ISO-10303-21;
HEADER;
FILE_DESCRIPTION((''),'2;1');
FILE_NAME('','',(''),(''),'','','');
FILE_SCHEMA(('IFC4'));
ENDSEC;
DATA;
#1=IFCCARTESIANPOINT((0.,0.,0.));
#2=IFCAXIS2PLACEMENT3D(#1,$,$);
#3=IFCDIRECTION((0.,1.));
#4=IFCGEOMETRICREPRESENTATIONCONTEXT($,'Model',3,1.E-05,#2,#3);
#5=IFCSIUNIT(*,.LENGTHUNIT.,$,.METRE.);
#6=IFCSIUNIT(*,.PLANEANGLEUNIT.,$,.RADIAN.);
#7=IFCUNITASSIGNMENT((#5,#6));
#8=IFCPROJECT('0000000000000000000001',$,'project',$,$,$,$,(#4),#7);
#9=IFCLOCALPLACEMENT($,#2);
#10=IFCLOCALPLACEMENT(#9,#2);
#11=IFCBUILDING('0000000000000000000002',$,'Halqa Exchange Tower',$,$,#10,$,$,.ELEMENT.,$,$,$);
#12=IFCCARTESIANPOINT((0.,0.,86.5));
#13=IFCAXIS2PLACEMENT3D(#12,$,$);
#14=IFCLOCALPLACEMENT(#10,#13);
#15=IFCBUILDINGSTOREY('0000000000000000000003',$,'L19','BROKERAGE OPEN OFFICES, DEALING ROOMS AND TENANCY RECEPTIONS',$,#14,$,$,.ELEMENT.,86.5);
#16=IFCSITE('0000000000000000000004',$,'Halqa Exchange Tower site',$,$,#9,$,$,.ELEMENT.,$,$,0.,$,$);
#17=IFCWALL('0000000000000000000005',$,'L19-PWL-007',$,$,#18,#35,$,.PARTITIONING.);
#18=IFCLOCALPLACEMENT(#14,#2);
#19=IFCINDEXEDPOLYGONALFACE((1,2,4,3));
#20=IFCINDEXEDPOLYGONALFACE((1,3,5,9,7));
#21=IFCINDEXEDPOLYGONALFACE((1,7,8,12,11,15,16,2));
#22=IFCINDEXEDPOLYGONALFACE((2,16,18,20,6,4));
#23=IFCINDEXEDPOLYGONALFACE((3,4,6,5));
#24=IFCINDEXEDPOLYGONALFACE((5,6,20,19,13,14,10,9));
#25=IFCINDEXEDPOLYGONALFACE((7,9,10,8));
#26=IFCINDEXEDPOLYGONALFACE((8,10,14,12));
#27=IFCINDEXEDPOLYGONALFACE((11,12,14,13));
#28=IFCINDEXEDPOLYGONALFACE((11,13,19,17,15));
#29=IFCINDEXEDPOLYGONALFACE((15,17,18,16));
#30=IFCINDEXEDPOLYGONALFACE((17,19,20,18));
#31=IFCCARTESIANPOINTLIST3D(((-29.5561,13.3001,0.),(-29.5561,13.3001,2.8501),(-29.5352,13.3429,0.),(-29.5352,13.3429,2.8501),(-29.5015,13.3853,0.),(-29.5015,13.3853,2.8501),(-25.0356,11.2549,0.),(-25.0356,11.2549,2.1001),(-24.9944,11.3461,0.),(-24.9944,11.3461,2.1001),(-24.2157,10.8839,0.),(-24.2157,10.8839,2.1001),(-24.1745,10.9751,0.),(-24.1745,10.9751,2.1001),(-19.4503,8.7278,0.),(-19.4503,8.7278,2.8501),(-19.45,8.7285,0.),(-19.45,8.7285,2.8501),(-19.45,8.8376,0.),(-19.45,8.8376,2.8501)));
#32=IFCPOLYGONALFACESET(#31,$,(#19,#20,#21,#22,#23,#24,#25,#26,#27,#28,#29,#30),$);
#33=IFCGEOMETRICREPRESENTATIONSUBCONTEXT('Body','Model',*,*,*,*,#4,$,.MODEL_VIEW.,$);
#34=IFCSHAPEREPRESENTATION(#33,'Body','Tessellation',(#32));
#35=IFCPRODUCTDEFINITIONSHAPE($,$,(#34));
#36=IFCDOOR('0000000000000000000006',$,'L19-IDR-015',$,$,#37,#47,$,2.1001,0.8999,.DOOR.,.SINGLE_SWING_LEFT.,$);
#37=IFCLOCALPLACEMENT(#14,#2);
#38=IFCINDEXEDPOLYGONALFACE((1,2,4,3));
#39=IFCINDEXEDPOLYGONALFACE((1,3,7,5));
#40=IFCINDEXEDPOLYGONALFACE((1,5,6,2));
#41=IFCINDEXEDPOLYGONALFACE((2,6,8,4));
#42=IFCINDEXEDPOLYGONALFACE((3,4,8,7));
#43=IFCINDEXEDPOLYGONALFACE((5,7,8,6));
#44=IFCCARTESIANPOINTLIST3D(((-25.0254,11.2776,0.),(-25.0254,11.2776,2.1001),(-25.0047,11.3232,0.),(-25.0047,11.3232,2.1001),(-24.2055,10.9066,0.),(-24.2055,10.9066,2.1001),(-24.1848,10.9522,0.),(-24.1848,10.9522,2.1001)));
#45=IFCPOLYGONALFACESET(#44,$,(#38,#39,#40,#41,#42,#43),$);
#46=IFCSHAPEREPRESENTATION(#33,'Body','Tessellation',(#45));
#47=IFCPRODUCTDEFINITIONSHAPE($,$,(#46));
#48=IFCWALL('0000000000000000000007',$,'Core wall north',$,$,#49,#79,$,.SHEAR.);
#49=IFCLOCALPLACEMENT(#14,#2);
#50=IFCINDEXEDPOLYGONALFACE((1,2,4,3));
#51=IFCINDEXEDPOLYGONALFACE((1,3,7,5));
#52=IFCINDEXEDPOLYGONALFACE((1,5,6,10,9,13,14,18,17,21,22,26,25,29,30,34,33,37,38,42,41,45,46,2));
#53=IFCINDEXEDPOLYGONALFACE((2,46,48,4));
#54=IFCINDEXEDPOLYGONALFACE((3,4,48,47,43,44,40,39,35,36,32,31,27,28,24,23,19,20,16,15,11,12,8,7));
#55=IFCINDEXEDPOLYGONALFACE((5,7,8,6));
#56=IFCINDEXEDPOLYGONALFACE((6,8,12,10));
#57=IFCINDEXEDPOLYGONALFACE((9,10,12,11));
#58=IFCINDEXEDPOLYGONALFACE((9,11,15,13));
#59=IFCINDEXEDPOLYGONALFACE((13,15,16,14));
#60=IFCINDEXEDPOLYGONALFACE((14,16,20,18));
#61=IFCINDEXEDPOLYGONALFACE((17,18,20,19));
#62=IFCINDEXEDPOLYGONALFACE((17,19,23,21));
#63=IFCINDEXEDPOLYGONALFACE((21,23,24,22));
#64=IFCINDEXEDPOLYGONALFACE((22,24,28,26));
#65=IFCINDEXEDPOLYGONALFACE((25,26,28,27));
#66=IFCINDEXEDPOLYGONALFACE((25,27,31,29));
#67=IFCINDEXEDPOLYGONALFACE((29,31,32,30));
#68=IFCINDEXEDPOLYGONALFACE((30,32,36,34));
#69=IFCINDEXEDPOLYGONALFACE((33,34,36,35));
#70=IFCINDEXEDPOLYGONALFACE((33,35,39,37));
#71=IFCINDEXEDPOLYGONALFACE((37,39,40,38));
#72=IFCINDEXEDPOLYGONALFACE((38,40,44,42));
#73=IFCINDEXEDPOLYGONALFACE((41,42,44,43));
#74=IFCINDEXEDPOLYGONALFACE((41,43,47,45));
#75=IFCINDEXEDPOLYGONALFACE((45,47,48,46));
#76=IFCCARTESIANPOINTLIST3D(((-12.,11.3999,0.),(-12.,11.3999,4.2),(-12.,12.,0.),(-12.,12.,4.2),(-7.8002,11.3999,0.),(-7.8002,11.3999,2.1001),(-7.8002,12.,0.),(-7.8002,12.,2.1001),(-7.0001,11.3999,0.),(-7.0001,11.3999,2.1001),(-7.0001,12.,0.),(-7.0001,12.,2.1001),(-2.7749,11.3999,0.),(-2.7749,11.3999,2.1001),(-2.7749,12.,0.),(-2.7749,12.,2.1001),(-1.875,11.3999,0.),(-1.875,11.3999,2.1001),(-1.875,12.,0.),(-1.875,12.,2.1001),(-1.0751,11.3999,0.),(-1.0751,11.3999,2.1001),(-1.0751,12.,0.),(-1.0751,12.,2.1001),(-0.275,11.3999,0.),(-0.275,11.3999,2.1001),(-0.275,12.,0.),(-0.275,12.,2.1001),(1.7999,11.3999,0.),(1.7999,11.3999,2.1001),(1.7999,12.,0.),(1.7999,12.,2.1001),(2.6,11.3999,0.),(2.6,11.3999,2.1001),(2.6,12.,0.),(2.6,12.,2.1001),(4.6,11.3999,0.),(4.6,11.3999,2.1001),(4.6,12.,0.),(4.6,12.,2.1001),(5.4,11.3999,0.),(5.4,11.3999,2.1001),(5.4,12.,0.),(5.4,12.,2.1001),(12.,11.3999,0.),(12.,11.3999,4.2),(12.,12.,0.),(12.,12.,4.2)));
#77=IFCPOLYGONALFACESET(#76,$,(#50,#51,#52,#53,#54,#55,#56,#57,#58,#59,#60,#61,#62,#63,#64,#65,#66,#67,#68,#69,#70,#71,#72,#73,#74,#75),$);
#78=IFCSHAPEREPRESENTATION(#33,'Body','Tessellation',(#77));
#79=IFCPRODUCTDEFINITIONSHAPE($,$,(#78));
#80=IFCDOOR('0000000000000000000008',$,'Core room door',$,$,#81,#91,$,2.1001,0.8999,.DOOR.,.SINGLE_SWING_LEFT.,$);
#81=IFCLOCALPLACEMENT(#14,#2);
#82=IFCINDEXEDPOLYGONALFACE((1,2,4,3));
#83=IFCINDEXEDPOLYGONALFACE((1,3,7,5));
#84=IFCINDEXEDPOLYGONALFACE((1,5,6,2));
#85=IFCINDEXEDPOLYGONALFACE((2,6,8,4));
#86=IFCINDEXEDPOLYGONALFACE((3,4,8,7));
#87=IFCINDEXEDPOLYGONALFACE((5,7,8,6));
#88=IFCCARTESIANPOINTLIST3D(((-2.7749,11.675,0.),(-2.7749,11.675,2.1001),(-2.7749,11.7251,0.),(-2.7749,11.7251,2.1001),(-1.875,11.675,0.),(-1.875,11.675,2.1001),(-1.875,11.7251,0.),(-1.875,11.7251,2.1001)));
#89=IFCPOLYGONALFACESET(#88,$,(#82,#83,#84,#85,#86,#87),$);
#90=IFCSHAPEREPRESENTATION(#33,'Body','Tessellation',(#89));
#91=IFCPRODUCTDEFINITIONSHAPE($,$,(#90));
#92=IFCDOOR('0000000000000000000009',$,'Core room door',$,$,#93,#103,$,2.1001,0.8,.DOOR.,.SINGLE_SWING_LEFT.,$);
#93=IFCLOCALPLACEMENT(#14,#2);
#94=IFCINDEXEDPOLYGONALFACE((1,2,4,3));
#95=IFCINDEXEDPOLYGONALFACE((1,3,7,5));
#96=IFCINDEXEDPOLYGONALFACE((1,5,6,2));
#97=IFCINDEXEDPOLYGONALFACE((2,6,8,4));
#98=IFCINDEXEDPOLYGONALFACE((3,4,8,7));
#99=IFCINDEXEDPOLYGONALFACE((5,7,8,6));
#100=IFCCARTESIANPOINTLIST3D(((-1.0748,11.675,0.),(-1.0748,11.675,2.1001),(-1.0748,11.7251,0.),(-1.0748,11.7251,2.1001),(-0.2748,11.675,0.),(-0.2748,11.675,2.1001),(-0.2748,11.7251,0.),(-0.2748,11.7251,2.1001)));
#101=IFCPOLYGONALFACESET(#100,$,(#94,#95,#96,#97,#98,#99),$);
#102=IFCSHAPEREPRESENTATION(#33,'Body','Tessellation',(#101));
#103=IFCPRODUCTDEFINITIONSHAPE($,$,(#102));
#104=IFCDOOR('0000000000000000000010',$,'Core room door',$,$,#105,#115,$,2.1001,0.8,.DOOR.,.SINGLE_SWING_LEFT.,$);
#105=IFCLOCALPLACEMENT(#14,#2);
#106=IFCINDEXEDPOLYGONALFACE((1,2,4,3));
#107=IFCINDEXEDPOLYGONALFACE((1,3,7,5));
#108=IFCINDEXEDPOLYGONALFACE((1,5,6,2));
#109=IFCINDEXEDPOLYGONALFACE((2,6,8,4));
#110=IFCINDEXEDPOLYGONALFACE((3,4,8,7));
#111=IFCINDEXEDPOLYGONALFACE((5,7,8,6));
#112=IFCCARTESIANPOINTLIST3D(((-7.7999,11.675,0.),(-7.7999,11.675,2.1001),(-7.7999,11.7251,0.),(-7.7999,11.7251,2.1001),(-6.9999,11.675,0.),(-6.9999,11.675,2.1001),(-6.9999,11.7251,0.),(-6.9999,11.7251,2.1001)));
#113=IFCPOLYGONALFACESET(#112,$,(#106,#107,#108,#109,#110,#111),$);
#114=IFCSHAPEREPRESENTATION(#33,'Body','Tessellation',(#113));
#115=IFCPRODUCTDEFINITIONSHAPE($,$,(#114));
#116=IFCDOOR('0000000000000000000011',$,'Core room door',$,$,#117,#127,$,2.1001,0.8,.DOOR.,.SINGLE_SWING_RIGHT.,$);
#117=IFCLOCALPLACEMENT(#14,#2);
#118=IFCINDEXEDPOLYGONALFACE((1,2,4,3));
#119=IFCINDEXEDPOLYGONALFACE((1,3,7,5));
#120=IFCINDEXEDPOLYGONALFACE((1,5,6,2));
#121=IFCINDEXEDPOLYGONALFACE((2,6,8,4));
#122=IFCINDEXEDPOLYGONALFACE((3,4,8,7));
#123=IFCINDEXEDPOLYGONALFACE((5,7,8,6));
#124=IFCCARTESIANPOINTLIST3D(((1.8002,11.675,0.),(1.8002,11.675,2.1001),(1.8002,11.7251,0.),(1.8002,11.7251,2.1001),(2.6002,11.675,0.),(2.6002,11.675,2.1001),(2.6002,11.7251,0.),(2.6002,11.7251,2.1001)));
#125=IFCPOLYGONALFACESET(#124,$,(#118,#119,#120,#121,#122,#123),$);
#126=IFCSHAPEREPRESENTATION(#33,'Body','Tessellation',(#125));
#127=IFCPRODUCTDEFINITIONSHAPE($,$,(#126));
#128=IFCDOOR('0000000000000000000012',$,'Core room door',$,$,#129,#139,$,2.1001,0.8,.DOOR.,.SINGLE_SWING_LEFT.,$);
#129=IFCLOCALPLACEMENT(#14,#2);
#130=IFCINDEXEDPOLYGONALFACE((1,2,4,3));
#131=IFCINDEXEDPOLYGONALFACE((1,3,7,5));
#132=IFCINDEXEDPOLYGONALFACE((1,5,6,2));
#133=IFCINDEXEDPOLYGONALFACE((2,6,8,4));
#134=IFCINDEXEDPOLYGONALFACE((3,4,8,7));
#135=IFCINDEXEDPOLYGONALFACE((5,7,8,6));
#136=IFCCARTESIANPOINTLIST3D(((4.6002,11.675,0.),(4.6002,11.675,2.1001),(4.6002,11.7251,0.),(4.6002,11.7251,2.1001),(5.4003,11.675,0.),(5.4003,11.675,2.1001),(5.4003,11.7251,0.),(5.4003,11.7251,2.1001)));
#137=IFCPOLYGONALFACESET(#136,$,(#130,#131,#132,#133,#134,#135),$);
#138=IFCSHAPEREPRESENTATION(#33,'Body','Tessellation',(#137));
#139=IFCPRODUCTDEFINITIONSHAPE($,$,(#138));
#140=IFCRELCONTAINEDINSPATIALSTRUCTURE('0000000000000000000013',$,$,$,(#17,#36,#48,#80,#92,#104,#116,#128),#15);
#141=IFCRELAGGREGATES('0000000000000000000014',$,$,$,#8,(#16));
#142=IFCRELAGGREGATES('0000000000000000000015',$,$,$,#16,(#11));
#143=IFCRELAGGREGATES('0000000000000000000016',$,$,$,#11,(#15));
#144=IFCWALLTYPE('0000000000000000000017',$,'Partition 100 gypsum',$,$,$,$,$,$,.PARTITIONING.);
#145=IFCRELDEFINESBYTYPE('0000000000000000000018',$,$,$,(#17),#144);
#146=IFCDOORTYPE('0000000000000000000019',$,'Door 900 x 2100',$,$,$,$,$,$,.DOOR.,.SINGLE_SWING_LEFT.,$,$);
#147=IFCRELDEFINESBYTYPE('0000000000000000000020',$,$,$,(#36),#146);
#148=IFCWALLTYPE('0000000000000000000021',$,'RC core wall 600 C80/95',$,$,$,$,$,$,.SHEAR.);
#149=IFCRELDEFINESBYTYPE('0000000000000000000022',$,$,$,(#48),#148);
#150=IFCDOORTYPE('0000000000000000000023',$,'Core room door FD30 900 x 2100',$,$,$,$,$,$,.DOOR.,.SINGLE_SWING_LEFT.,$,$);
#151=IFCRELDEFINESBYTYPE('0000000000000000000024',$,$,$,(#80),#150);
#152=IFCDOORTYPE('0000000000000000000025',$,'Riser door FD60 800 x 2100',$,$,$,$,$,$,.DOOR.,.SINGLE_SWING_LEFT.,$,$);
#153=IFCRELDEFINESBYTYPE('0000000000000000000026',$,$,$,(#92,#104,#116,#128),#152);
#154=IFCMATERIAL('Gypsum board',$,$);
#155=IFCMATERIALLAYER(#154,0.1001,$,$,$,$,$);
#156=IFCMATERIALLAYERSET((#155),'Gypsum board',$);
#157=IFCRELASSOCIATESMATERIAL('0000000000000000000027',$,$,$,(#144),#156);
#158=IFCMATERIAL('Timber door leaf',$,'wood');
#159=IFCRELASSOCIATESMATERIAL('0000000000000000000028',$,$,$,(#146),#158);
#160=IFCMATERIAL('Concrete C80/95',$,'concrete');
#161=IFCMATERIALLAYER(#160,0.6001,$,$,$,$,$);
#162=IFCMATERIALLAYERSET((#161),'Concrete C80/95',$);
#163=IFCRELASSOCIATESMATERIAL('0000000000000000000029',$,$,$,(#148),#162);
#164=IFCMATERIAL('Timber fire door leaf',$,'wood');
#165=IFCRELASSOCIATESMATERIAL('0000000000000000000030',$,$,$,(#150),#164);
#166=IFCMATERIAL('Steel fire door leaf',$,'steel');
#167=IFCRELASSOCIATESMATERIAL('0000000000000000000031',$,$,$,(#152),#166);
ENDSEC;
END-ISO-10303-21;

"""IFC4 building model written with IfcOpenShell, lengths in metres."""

from ifc_helpers import new_model, si_unit, direction, frame, frame_2d, origin, place, context, subcontext, project, spatial, polyline, rectangle, outline, extrude, material, layer, layer_set, type_object, element, fill, save


model = new_model("IFC4")

# Units and contexts
model_context = context("Model", 3, precision=1e-05, world=origin(), true_north=direction((0.0, 1.0)))
body_context = subcontext(model_context, "Body", "Model", "MODEL_VIEW")
ifc_project = project(units=[si_unit("LENGTHUNIT", "METRE"), si_unit("PLANEANGLEUNIT", "RADIAN")], contexts=[model_context])

# Site, building, storey
site_placement = place(None, origin())
site = spatial("IfcSite", under=ifc_project, at=site_placement, Name="Halqa Exchange Tower site", CompositionType="ELEMENT", RefElevation=0.0)
building_placement = place(site_placement, origin())
building = spatial("IfcBuilding", under=site, at=building_placement, Name="Halqa Exchange Tower", CompositionType="ELEMENT")
storey_placement = place(building_placement, frame((0.0, 0.0, 86.5)))
storey = spatial("IfcBuildingStorey", under=building, at=storey_placement, Name="L19", Description="BROKERAGE OPEN OFFICES, DEALING ROOMS AND TENANCY RECEPTIONS", CompositionType="ELEMENT", Elevation=86.5)

# Wall, opening, door
ifc_material_1 = material(Name="Gypsum board")
ifc_layer_1 = layer(ifc_material_1, 0.1001)
ifc_layer_set_1 = layer_set([ifc_layer_1], Name="Gypsum board")
wall_type_1 = type_object("IfcWallType", Name="Partition 100 gypsum", PredefinedType="PARTITIONING", material=ifc_layer_set_1)
ifc_material_2 = material(Name="Timber door leaf", Category="wood")
door_type_1 = type_object("IfcDoorType", Name="Door 900 x 2100", OperationType="SINGLE_SWING_LEFT", PredefinedType="DOOR", material=ifc_material_2)
wall_1_placement = place(storey_placement, frame((-19.4297, 8.7734, 0.0), z_axis=(0.0, 0.0, 1.0), x_axis=(-0.911086, 0.412215, 0.0)))
wall_1 = element("IfcWall", 1, at=wall_1_placement, inside=storey, type_object=wall_type_1, Name="L19-PWL-007", PredefinedType="PARTITIONING", context=body_context, shape_type="SweptSolid", body=[
    extrude(outline(polyline([(0.0449, -0.05), (1.8838, -0.05), (3.7224, -0.05), (5.5613, -0.05), (7.3999, -0.05), (9.2388, -0.05), (11.0774, -0.05), (11.0906, 0.0024), (11.092, 0.05), (9.2434, 0.05), (7.3948, 0.05), (5.5459, 0.05), (3.6973, 0.05), (1.8486, 0.05), (0.0, 0.05), (0.0, 0.0493), (0.0449, -0.05)])), origin(), (0.0, 0.0, 1.0), 2.8501),
])
opening_1_placement = place(wall_1_placement, frame((5.2305, 0.0, 0.0)))
opening_1 = element("IfcOpeningElement", 2, at=opening_1_placement, cuts=wall_1, PredefinedType="OPENING", context=body_context, shape_type="SweptSolid", body=[
    extrude(rectangle(XDim=0.8999, YDim=2.1001, at=frame_2d((0.45, 1.05))), frame((0.0, 0.062, 0.0), z_axis=(0.0, -1.0, 0.0), x_axis=(1.0, 0.0, 0.0)), (0.0, 0.0, 1.0), 0.124),
])
door_1_placement = place(opening_1_placement, frame((0.8999, 0.0, 0.0), z_axis=(0.0, 0.0, 1.0), x_axis=(-1.0, 0.0, 0.0)))
door_1 = element("IfcDoor", 3, at=door_1_placement, inside=storey, type_object=door_type_1, Name="L19-IDR-015", OperationType="SINGLE_SWING_LEFT", OverallHeight=2.1001, OverallWidth=0.8999, PredefinedType="DOOR", context=body_context, shape_type="SweptSolid", body=[
    extrude(rectangle(XDim=0.8999, YDim=2.1001, at=frame_2d((0.45, 1.05))), frame((0.0, 0.0249, 0.0), z_axis=(0.0, -1.0, 0.0), x_axis=(1.0, 0.0, 0.0)), (0.0, 0.0, 1.0), 0.05),
])
fill(opening_1, door_1)

# Wall, openings, doors
ifc_material_3 = material(Name="Concrete C80/95", Category="concrete")
ifc_layer_2 = layer(ifc_material_3, 0.6001)
ifc_layer_set_2 = layer_set([ifc_layer_2], Name="Concrete C80/95")
wall_type_2 = type_object("IfcWallType", Name="RC core wall 600 C80/95", PredefinedType="SHEAR", material=ifc_layer_set_2)
wall_2_placement = place(storey_placement, frame((-12.0, 11.7, 0.0), z_axis=(0.0, 0.0, 1.0), x_axis=(1.0, 0.0, 0.0)))
wall_2 = element("IfcWall", 4, at=wall_2_placement, inside=storey, type_object=wall_type_2, Name="Core wall north", PredefinedType="SHEAR", context=body_context, shape_type="SweptSolid", body=[
    extrude(rectangle(XDim=24.0, YDim=0.6001, at=frame_2d((12.0, 0.0))), origin(), (0.0, 0.0, 1.0), 4.2),
])
opening_2_placement = place(wall_2_placement, frame((9.2251, 0.0, 0.0)))
opening_2 = element("IfcOpeningElement", 5, at=opening_2_placement, cuts=wall_2, PredefinedType="OPENING", context=body_context, shape_type="SweptSolid", body=[
    extrude(rectangle(XDim=0.8999, YDim=2.1001, at=frame_2d((0.45, 1.05))), frame((0.0, 0.312, 0.0), z_axis=(0.0, -1.0, 0.0), x_axis=(1.0, 0.0, 0.0)), (0.0, 0.0, 1.0), 0.624),
])
opening_3_placement = place(wall_2_placement, frame((10.925, 0.0, 0.0)))
opening_3 = element("IfcOpeningElement", 6, at=opening_3_placement, cuts=wall_2, PredefinedType="OPENING", context=body_context, shape_type="SweptSolid", body=[
    extrude(rectangle(XDim=0.8, YDim=2.1001, at=frame_2d((0.3999, 1.05))), frame((0.0, 0.312, 0.0), z_axis=(0.0, -1.0, 0.0), x_axis=(1.0, 0.0, 0.0)), (0.0, 0.0, 1.0), 0.624),
])
opening_4_placement = place(wall_2_placement, frame((4.2, 0.0, 0.0)))
opening_4 = element("IfcOpeningElement", 7, at=opening_4_placement, cuts=wall_2, PredefinedType="OPENING", context=body_context, shape_type="SweptSolid", body=[
    extrude(rectangle(XDim=0.8, YDim=2.1001, at=frame_2d((0.3999, 1.05))), frame((0.0, 0.312, 0.0), z_axis=(0.0, -1.0, 0.0), x_axis=(1.0, 0.0, 0.0)), (0.0, 0.0, 1.0), 0.624),
])
opening_5_placement = place(wall_2_placement, frame((13.8, 0.0, 0.0)))
opening_5 = element("IfcOpeningElement", 8, at=opening_5_placement, cuts=wall_2, PredefinedType="OPENING", context=body_context, shape_type="SweptSolid", body=[
    extrude(rectangle(XDim=0.8, YDim=2.1001, at=frame_2d((0.3999, 1.05))), frame((0.0, 0.312, 0.0), z_axis=(0.0, -1.0, 0.0), x_axis=(1.0, 0.0, 0.0)), (0.0, 0.0, 1.0), 0.624),
])
opening_6_placement = place(wall_2_placement, frame((16.6001, 0.0, 0.0)))
opening_6 = element("IfcOpeningElement", 9, at=opening_6_placement, cuts=wall_2, PredefinedType="OPENING", context=body_context, shape_type="SweptSolid", body=[
    extrude(rectangle(XDim=0.8, YDim=2.1001, at=frame_2d((0.3999, 1.05))), frame((0.0, 0.312, 0.0), z_axis=(0.0, -1.0, 0.0), x_axis=(1.0, 0.0, 0.0)), (0.0, 0.0, 1.0), 0.624),
])
ifc_material_4 = material(Name="Timber fire door leaf", Category="wood")
door_type_2 = type_object("IfcDoorType", Name="Core room door FD30 900 x 2100", OperationType="SINGLE_SWING_LEFT", PredefinedType="DOOR", material=ifc_material_4)
door_2_placement = place(opening_2_placement, frame((0.8999, 0.0, 0.0), z_axis=(0.0, 0.0, 1.0), x_axis=(-1.0, 0.0, 0.0)))
door_2 = element("IfcDoor", 10, at=door_2_placement, inside=storey, type_object=door_type_2, Name="Core room door", OperationType="SINGLE_SWING_LEFT", OverallHeight=2.1001, OverallWidth=0.8999, PredefinedType="DOOR", context=body_context, shape_type="SweptSolid", body=[
    extrude(rectangle(XDim=0.8999, YDim=2.1001, at=frame_2d((0.45, 1.05))), frame((0.0, 0.0249, 0.0), z_axis=(0.0, -1.0, 0.0), x_axis=(1.0, 0.0, 0.0)), (0.0, 0.0, 1.0), 0.05),
])
fill(opening_2, door_2)
ifc_material_5 = material(Name="Steel fire door leaf", Category="steel")
door_type_3 = type_object("IfcDoorType", Name="Riser door FD60 800 x 2100", OperationType="SINGLE_SWING_LEFT", PredefinedType="DOOR", material=ifc_material_5)
door_3_placement = place(opening_3_placement, frame((0.8, 0.0, 0.0), z_axis=(0.0, 0.0, 1.0), x_axis=(-1.0, 0.0, 0.0)))
door_3 = element("IfcDoor", 11, at=door_3_placement, inside=storey, type_object=door_type_3, Name="Core room door", OperationType="SINGLE_SWING_LEFT", OverallHeight=2.1001, OverallWidth=0.8, PredefinedType="DOOR", context=body_context, shape_type="SweptSolid", body=[
    extrude(rectangle(XDim=0.8, YDim=2.1001, at=frame_2d((0.3999, 1.05))), frame((0.0, 0.0249, 0.0), z_axis=(0.0, -1.0, 0.0), x_axis=(1.0, 0.0, 0.0)), (0.0, 0.0, 1.0), 0.05),
])
fill(opening_3, door_3)
door_4_placement = place(opening_4_placement, frame((0.8, 0.0, 0.0), z_axis=(0.0, 0.0, 1.0), x_axis=(-1.0, 0.0, 0.0)))
door_4 = element("IfcDoor", 12, at=door_4_placement, inside=storey, type_object=door_type_3, Name="Core room door", OperationType="SINGLE_SWING_LEFT", OverallHeight=2.1001, OverallWidth=0.8, PredefinedType="DOOR", context=body_context, shape_type="SweptSolid", body=[
    extrude(rectangle(XDim=0.8, YDim=2.1001, at=frame_2d((0.3999, 1.05))), frame((0.0, 0.0249, 0.0), z_axis=(0.0, -1.0, 0.0), x_axis=(1.0, 0.0, 0.0)), (0.0, 0.0, 1.0), 0.05),
])
fill(opening_4, door_4)
door_5_placement = place(opening_5_placement, frame((0.8, 0.0, 0.0), z_axis=(0.0, 0.0, 1.0), x_axis=(-1.0, 0.0, 0.0)))
door_5 = element("IfcDoor", 13, at=door_5_placement, inside=storey, type_object=door_type_3, Name="Core room door", OperationType="SINGLE_SWING_RIGHT", OverallHeight=2.1001, OverallWidth=0.8, PredefinedType="DOOR", context=body_context, shape_type="SweptSolid", body=[
    extrude(rectangle(XDim=0.8, YDim=2.1001, at=frame_2d((0.3999, 1.05))), frame((0.0, 0.0249, 0.0), z_axis=(0.0, -1.0, 0.0), x_axis=(1.0, 0.0, 0.0)), (0.0, 0.0, 1.0), 0.05),
])
fill(opening_5, door_5)
door_6_placement = place(opening_6_placement, frame((0.8, 0.0, 0.0), z_axis=(0.0, 0.0, 1.0), x_axis=(-1.0, 0.0, 0.0)))
door_6 = element("IfcDoor", 14, at=door_6_placement, inside=storey, type_object=door_type_3, Name="Core room door", OperationType="SINGLE_SWING_LEFT", OverallHeight=2.1001, OverallWidth=0.8, PredefinedType="DOOR", context=body_context, shape_type="SweptSolid", body=[
    extrude(rectangle(XDim=0.8, YDim=2.1001, at=frame_2d((0.3999, 1.05))), frame((0.0, 0.0249, 0.0), z_axis=(0.0, -1.0, 0.0), x_axis=(1.0, 0.0, 0.0)), (0.0, 0.0, 1.0), 0.05),
])
fill(opening_6, door_6)

save(model, "model.ifc")
